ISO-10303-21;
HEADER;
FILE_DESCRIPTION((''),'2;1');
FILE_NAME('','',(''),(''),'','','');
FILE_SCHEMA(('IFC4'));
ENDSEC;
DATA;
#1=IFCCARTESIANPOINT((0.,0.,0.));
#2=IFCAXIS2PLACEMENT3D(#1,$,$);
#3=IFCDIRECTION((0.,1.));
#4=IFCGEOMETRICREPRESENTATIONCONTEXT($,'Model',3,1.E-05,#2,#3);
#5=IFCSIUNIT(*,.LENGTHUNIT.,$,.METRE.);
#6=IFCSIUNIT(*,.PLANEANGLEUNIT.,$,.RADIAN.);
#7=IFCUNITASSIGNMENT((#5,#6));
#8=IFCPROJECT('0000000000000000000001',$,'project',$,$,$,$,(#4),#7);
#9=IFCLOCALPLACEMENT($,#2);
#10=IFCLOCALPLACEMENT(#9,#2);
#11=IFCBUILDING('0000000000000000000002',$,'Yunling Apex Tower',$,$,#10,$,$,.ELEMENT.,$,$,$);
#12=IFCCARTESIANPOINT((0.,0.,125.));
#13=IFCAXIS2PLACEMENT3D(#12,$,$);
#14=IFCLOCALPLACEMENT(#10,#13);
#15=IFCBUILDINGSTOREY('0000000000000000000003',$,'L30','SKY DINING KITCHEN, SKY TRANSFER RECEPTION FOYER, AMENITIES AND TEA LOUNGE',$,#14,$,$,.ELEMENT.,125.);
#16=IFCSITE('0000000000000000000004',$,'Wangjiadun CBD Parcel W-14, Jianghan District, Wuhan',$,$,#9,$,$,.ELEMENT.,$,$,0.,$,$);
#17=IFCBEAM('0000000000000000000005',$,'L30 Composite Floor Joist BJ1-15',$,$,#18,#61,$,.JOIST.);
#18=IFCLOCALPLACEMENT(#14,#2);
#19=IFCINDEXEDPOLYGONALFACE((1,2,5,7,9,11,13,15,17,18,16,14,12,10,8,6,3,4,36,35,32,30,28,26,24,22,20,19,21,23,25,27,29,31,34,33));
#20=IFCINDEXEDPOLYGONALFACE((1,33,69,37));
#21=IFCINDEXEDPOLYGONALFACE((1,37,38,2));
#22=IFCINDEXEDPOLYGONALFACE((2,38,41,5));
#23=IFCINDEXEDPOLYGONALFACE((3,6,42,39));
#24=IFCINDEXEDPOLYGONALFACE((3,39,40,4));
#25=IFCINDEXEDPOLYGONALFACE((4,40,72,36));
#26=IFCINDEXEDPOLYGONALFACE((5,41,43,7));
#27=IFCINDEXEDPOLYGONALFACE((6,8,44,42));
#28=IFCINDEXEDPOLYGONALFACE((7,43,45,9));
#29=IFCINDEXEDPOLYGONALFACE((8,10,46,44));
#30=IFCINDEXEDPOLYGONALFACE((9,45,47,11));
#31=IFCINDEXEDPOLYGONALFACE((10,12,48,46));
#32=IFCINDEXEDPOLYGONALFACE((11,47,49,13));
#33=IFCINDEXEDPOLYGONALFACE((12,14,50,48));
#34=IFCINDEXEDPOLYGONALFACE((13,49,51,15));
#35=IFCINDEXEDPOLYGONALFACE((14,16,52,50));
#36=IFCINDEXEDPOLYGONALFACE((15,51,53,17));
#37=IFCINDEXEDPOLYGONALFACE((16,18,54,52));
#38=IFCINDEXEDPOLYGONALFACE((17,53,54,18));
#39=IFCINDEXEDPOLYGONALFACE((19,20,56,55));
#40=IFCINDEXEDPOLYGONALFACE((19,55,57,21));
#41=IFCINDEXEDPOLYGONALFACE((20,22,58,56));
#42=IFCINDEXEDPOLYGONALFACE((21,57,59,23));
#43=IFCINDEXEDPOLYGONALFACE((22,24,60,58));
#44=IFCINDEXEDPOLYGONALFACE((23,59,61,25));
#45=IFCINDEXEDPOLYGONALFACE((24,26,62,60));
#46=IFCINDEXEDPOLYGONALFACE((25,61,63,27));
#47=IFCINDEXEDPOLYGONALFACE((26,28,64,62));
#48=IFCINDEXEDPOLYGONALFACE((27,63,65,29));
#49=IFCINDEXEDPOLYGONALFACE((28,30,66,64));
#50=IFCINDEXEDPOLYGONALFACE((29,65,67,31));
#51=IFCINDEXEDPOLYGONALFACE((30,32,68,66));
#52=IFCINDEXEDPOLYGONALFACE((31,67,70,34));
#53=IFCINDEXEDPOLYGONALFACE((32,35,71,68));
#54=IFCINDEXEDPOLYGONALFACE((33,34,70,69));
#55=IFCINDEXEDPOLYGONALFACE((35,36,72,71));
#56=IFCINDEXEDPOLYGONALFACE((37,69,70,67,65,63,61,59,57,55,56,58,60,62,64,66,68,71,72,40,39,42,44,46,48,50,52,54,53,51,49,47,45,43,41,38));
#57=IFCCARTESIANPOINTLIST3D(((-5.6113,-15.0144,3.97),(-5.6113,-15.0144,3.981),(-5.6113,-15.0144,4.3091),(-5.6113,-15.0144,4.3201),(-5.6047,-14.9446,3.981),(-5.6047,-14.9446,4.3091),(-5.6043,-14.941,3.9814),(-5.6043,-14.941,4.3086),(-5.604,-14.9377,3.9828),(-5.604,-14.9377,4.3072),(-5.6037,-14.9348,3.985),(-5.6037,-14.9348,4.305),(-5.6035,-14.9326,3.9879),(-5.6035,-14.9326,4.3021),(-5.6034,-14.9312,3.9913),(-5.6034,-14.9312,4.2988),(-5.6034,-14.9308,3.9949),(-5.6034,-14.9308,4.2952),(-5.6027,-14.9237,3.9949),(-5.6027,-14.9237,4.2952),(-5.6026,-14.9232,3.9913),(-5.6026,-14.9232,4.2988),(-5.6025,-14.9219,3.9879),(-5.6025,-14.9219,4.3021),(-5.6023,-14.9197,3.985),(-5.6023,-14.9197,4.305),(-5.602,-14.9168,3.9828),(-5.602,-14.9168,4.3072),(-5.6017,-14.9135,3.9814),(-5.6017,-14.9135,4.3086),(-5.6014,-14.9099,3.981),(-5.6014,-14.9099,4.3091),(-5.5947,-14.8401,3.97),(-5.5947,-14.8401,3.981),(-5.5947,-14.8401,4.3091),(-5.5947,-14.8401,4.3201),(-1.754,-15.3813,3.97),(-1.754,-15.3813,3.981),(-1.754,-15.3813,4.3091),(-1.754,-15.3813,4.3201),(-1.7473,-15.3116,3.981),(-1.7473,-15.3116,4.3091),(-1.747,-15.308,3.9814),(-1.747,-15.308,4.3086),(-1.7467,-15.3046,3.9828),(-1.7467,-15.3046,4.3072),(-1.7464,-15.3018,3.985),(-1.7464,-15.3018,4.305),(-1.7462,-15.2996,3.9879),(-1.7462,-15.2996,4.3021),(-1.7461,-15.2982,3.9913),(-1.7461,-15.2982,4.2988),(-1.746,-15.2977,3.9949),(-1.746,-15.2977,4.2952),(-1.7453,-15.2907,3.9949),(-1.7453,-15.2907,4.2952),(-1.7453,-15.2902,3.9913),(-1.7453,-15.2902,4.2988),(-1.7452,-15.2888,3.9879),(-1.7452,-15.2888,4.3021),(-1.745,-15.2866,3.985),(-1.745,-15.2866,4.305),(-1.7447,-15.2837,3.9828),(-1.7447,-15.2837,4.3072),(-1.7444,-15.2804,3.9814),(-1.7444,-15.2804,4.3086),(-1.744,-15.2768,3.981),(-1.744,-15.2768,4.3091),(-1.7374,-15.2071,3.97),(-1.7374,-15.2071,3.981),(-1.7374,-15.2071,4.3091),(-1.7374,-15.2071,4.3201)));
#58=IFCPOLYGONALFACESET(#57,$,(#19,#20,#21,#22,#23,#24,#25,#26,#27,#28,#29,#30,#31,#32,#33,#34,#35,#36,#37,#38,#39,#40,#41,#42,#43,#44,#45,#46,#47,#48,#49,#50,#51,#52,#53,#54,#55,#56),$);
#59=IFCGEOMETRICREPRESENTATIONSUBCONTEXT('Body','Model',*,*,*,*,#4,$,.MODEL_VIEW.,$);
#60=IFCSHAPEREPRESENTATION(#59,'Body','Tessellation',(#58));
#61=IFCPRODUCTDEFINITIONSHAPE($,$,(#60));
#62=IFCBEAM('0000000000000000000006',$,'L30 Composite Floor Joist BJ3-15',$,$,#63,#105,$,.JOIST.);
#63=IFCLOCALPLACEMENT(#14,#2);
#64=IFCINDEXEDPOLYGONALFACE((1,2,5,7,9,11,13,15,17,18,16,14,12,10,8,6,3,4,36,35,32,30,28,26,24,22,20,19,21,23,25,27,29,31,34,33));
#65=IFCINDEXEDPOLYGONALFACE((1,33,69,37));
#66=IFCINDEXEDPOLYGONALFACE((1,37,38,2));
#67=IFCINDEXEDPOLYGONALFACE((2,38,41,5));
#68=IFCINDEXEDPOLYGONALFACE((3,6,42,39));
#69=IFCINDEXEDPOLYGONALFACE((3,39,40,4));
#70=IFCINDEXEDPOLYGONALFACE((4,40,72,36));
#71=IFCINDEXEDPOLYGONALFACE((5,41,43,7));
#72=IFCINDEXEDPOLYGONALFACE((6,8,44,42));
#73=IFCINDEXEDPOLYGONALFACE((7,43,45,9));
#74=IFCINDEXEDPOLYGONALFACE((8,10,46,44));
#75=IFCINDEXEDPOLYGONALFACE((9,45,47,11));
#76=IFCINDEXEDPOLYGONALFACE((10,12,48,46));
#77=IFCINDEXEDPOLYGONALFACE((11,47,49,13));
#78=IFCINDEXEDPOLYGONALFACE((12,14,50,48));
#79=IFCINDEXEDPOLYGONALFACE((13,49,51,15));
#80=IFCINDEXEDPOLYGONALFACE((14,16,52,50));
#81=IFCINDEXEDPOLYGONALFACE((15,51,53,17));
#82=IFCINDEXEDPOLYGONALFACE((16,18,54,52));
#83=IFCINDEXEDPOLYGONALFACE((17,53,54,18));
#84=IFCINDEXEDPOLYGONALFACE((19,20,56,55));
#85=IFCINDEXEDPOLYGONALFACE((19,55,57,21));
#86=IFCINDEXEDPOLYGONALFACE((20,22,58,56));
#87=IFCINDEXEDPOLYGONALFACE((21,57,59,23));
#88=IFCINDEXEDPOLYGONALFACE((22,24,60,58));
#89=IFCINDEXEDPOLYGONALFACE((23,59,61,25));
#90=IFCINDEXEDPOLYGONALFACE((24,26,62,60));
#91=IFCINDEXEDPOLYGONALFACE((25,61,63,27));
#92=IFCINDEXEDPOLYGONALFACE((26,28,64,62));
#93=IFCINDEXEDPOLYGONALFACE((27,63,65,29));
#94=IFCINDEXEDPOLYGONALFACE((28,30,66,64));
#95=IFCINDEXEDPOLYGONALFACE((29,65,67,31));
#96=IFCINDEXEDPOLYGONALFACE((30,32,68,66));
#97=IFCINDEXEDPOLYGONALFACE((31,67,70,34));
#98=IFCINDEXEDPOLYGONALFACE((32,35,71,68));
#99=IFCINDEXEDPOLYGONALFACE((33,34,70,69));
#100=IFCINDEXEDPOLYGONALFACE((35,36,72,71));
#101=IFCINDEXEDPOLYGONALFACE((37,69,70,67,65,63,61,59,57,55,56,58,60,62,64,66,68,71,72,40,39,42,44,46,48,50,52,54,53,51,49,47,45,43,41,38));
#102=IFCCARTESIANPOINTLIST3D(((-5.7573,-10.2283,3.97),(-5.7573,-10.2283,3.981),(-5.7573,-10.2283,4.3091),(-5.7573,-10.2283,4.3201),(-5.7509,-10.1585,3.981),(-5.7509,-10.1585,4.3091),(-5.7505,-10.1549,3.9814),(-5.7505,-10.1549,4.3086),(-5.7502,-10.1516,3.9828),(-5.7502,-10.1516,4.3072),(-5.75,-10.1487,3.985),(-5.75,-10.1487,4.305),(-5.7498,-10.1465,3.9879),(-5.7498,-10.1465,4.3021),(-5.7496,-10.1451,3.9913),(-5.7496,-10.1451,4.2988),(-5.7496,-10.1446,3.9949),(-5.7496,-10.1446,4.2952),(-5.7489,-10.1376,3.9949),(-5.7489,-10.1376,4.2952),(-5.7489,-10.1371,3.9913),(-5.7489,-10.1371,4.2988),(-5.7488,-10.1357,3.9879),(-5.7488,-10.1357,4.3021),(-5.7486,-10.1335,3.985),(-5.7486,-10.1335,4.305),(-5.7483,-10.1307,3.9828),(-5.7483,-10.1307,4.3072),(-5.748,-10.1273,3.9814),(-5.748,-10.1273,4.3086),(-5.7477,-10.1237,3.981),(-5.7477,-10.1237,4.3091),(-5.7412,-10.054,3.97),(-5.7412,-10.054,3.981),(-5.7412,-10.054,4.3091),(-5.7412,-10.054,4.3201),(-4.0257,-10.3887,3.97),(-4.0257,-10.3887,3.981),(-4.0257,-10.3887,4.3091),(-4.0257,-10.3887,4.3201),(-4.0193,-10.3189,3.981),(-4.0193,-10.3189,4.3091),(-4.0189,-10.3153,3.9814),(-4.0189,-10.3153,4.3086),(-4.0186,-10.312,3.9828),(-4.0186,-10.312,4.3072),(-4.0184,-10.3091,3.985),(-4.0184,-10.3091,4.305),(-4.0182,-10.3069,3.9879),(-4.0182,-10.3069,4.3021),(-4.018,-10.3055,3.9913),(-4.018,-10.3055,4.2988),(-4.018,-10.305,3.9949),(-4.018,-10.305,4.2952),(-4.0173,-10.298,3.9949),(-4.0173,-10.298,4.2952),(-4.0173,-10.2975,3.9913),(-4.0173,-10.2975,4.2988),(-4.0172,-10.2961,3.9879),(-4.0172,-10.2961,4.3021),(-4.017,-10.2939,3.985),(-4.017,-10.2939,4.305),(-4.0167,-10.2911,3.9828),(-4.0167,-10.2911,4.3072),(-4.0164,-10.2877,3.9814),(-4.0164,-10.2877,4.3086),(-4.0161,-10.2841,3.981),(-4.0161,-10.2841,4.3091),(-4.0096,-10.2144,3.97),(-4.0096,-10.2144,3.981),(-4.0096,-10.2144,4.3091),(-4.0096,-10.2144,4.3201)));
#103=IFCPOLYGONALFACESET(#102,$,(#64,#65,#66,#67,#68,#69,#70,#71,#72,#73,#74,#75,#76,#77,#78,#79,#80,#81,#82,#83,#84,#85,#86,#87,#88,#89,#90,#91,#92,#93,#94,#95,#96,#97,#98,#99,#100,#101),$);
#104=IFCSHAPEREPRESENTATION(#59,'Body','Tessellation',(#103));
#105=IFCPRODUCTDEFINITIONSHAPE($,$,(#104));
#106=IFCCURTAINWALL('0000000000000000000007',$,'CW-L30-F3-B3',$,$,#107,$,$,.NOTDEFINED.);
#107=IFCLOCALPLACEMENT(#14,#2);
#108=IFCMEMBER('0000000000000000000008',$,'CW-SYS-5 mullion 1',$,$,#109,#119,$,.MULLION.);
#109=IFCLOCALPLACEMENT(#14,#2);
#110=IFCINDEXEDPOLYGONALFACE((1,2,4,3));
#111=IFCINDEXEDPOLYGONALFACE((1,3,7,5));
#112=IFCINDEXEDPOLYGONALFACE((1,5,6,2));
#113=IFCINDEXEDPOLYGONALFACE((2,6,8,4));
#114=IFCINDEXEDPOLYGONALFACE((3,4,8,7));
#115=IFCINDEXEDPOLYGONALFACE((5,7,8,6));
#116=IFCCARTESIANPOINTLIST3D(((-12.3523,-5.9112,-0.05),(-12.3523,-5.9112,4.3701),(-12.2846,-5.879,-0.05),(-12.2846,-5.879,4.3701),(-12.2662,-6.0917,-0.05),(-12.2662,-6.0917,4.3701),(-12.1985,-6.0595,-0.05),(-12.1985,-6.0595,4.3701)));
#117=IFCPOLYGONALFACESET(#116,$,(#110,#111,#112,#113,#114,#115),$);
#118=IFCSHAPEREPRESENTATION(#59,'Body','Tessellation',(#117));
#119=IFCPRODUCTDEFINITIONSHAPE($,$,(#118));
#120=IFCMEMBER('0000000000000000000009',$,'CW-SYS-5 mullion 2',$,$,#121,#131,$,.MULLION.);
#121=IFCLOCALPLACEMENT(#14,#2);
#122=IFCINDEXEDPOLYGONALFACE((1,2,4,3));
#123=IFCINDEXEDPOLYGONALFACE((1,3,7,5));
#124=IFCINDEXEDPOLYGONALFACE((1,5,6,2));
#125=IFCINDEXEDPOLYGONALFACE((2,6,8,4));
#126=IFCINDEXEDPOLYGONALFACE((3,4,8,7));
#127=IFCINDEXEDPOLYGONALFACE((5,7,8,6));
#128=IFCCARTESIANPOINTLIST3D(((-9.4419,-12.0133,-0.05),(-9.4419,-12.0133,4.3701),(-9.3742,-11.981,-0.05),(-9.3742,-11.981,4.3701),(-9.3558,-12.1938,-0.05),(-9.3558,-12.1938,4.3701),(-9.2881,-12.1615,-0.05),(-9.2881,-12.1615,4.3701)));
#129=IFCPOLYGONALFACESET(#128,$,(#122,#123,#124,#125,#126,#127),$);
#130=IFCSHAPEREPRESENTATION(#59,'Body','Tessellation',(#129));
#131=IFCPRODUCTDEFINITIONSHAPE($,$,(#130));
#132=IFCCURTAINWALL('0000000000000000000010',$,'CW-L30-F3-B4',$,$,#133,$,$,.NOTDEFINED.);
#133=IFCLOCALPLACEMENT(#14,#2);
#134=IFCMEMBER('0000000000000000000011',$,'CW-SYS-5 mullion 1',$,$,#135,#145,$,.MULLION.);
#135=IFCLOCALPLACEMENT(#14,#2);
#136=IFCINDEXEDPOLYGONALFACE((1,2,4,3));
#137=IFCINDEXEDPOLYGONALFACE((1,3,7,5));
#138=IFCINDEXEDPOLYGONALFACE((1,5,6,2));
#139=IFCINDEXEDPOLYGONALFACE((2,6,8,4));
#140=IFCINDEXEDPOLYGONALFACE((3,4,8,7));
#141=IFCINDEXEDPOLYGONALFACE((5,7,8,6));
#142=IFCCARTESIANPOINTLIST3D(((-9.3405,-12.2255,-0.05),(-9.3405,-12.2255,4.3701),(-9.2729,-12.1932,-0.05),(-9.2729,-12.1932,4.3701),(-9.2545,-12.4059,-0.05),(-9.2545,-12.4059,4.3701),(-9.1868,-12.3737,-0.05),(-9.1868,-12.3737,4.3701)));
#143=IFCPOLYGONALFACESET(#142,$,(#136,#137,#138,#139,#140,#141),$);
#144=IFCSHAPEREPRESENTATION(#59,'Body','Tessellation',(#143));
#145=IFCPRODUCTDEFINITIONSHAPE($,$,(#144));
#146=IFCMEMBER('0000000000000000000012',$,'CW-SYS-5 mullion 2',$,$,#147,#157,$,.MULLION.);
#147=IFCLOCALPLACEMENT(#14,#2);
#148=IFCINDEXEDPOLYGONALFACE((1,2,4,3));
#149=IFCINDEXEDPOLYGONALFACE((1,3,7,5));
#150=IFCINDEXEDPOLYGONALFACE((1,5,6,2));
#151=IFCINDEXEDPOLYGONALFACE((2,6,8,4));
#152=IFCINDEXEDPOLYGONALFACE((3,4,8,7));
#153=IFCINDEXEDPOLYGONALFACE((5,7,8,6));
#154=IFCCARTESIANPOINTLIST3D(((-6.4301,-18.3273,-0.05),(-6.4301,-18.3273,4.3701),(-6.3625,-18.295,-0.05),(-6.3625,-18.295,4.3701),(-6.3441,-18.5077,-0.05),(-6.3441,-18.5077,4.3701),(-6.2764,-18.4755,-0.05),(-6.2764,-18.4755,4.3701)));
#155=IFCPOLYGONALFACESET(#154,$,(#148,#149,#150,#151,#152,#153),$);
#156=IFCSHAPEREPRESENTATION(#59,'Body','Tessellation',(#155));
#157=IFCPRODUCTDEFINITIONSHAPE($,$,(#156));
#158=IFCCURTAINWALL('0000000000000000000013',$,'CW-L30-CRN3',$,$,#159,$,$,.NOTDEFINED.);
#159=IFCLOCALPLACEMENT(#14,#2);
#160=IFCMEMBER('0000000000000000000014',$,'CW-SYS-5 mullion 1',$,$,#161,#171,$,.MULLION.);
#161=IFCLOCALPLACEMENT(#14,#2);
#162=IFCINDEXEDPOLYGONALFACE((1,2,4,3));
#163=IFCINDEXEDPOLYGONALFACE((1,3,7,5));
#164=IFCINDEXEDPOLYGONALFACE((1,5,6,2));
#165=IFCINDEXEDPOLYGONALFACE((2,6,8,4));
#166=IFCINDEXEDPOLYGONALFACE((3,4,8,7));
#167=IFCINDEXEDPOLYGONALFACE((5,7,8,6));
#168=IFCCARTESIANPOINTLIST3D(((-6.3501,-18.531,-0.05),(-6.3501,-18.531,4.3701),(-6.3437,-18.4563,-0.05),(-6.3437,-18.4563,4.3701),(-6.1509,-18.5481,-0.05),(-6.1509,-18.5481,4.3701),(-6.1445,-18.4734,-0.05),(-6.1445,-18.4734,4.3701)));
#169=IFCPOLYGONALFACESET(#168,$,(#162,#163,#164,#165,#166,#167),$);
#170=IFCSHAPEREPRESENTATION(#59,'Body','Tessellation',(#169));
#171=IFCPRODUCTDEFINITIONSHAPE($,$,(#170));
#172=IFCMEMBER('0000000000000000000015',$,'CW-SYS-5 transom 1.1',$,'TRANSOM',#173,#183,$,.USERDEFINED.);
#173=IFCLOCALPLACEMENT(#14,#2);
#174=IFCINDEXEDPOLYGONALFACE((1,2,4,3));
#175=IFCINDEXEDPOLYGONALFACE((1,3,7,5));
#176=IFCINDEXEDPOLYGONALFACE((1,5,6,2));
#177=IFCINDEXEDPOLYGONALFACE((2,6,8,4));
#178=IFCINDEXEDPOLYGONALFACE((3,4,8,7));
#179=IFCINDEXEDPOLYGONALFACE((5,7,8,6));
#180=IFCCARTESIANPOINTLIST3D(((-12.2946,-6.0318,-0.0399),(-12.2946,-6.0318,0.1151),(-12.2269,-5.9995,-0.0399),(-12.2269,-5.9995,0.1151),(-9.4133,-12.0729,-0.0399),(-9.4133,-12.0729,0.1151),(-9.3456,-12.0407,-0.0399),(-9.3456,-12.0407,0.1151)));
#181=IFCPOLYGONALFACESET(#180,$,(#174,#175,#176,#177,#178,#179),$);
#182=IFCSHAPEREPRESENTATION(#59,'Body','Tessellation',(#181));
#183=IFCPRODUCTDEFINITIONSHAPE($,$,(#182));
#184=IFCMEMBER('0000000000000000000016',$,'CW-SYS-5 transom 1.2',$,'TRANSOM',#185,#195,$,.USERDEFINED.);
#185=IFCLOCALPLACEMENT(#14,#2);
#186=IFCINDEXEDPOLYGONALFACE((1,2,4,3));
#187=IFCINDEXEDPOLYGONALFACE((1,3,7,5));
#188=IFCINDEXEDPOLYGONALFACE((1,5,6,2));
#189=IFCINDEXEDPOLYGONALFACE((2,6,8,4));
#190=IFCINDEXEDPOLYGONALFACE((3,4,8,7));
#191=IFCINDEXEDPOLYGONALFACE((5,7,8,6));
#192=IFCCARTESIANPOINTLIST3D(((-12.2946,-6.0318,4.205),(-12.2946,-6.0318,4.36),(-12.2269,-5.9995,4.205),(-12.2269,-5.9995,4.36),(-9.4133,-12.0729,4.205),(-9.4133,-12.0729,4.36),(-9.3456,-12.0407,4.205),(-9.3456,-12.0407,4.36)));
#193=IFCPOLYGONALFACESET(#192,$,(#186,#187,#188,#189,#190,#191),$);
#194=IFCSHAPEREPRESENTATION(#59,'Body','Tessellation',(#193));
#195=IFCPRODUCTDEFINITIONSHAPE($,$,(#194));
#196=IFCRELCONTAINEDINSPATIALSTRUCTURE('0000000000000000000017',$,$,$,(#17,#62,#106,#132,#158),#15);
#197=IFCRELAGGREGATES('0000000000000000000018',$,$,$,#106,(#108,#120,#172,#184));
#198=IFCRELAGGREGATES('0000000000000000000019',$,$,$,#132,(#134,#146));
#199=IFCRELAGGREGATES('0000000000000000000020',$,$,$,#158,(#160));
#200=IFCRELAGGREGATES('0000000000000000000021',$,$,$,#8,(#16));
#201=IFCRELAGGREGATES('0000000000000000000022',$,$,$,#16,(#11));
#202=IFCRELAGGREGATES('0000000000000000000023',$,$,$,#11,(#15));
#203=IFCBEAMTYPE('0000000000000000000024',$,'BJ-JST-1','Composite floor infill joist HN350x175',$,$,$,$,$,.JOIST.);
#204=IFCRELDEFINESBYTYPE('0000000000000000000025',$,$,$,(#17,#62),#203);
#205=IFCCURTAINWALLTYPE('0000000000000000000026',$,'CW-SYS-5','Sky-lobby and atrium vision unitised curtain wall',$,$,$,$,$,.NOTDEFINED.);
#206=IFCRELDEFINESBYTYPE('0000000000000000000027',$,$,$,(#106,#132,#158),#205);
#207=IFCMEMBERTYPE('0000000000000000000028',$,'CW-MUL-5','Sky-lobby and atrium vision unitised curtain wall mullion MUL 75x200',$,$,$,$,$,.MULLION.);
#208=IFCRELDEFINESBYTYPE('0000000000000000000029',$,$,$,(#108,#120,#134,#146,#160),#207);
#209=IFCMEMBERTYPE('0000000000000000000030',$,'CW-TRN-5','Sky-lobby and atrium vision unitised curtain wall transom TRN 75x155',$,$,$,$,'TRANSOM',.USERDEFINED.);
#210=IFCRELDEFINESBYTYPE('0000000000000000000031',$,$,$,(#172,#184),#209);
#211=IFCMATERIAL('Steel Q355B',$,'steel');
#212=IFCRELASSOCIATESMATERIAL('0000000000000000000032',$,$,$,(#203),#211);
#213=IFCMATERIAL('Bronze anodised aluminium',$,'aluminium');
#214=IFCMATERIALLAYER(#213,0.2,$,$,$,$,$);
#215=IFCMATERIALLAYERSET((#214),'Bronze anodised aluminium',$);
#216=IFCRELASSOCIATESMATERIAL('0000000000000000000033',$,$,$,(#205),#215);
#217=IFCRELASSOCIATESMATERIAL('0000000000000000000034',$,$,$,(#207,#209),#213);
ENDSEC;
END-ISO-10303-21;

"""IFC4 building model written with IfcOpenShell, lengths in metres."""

from ifc_helpers import new_model, si_unit, direction, frame, origin, origin_2d, place, context, subcontext, project, spatial, rectangle, i_section, extrude, source, transform, mapped, material, layer, layer_set, material_profile, profile_set, type_object, element, aggregate, save


model = new_model("IFC4")

# Units and contexts
model_context = context("Model", 3, precision=1e-05, world=origin(), true_north=direction((0.0, 1.0)))
body_context = subcontext(model_context, "Body", "Model", "MODEL_VIEW")
ifc_project = project(units=[si_unit("LENGTHUNIT", "METRE"), si_unit("PLANEANGLEUNIT", "RADIAN")], contexts=[model_context])

# Site, building, storey
site_placement = place(None, origin())
site = spatial("IfcSite", under=ifc_project, at=site_placement, Name="Wangjiadun CBD Parcel W-14, Jianghan District, Wuhan", CompositionType="ELEMENT", RefElevation=0.0)
building_placement = place(site_placement, origin())
building = spatial("IfcBuilding", under=site, at=building_placement, Name="Yunling Apex Tower", CompositionType="ELEMENT")
storey_placement = place(building_placement, frame((0.0, 0.0, 125.0)))
storey = spatial("IfcBuildingStorey", under=building, at=storey_placement, Name="L30", Description="SKY DINING KITCHEN, SKY TRANSFER RECEPTION FOYER, AMENITIES AND TEA LOUNGE", CompositionType="ELEMENT", Elevation=125.0)

# Beams
ifc_material_1 = material(Name="Steel Q355B", Category="steel")
ifc_material_profile_1 = material_profile(ifc_material_1, i_section(OverallWidth=0.175, OverallDepth=0.3501, WebThickness=0.0071, FlangeThickness=0.011, FilletRadius=0.0139, at=origin_2d()))
ifc_profile_set_1 = profile_set([ifc_material_profile_1], Name="Steel Q355B")
beam_type_1 = type_object("IfcBeamType", Name="BJ-JST-1", Description="Composite floor infill joist HN350x175", PredefinedType="JOIST", material=ifc_profile_set_1)
shared_shape_1 = source(origin(), body_context, "Body", "SweptSolid", [
    extrude(i_section(OverallWidth=0.175, OverallDepth=0.3501, WebThickness=0.0071, FlangeThickness=0.011, FilletRadius=0.0139, at=origin_2d()), origin(), (0.0, 0.0, 1.0), 3.8748),
])
beam_1_placement = place(storey_placement, frame((-5.603, -14.9272, 4.145), z_axis=(0.995506, -0.094699, 0.0), x_axis=(0.094699, 0.995506, 0.0)))
element("IfcBeam", 1, at=beam_1_placement, inside=storey, type_object=beam_type_1, Name="L30 Composite Floor Joist BJ1-15", PredefinedType="JOIST", context=body_context, shape_type="MappedRepresentation", body=[
    mapped(shared_shape_1, transform((0.0, 0.0, 0.0), scale=1.0)),
])
shared_shape_2 = source(origin(), body_context, "Body", "SweptSolid", [
    extrude(i_section(OverallWidth=0.175, OverallDepth=0.3501, WebThickness=0.0071, FlangeThickness=0.011, FilletRadius=0.0139, at=origin_2d()), origin(), (0.0, 0.0, 1.0), 1.739),
])
beam_2_placement = place(storey_placement, frame((-5.7493, -10.1411, 4.145), z_axis=(0.995738, -0.092232, 0.0), x_axis=(0.092232, 0.995738, 0.0)))
element("IfcBeam", 2, at=beam_2_placement, inside=storey, type_object=beam_type_1, Name="L30 Composite Floor Joist BJ3-15", PredefinedType="JOIST", context=body_context, shape_type="MappedRepresentation", body=[
    mapped(shared_shape_2, transform((0.0, 0.0, 0.0), scale=1.0)),
])

# Curtain walls, members
ifc_material_2 = material(Name="Bronze anodised aluminium", Category="aluminium")
ifc_layer_1 = layer(ifc_material_2, 0.2)
ifc_layer_set_1 = layer_set([ifc_layer_1], Name="Bronze anodised aluminium")
curtain_wall_type = type_object("IfcCurtainWallType", Name="CW-SYS-5", Description="Sky-lobby and atrium vision unitised curtain wall", PredefinedType="NOTDEFINED", material=ifc_layer_set_1)
curtain_wall_1_placement = place(storey_placement, origin())
curtain_wall_1 = element("IfcCurtainWall", 3, at=curtain_wall_1_placement, inside=storey, type_object=curtain_wall_type, Name="CW-L30-F3-B3", PredefinedType="NOTDEFINED")
ifc_material_profile_2 = material_profile(ifc_material_2, rectangle(XDim=0.075, YDim=0.2, at=origin_2d()))
ifc_profile_set_2 = profile_set([ifc_material_profile_2], Name="Bronze anodised aluminium")
member_type_1 = type_object("IfcMemberType", Name="CW-MUL-5", Description="Sky-lobby and atrium vision unitised curtain wall mullion MUL 75x200", PredefinedType="MULLION", material=ifc_profile_set_2)
shared_shape_3 = source(origin(), body_context, "Body", "SweptSolid", [
    extrude(rectangle(XDim=0.075, YDim=0.2, at=origin_2d()), origin(), (0.0, 0.0, 1.0), 4.4202),
])
member_1_placement = place(storey_placement, frame((-12.2754, -5.9854, -0.05), z_axis=(0.0, 0.0, 1.0), x_axis=(0.902593, 0.430494, 0.0)))
member_1 = element("IfcMember", 4, at=member_1_placement, type_object=member_type_1, Name="CW-SYS-5 mullion 1", PredefinedType="MULLION", context=body_context, shape_type="MappedRepresentation", body=[
    mapped(shared_shape_3, transform((0.0, 0.0, 0.0), scale=1.0)),
])
member_2_placement = place(storey_placement, frame((-9.365, -12.0874, -0.05), z_axis=(0.0, 0.0, 1.0), x_axis=(0.902593, 0.430494, 0.0)))
member_2 = element("IfcMember", 5, at=member_2_placement, type_object=member_type_1, Name="CW-SYS-5 mullion 2", PredefinedType="MULLION", context=body_context, shape_type="MappedRepresentation", body=[
    mapped(shared_shape_3, transform((0.0, 0.0, 0.0), scale=1.0)),
])
curtain_wall_2_placement = place(storey_placement, origin())
curtain_wall_2 = element("IfcCurtainWall", 6, at=curtain_wall_2_placement, inside=storey, type_object=curtain_wall_type, Name="CW-L30-F3-B4", PredefinedType="NOTDEFINED")
member_3_placement = place(storey_placement, frame((-9.2637, -12.2996, -0.05), z_axis=(0.0, 0.0, 1.0), x_axis=(0.902585, 0.430512, 0.0)))
member_3 = element("IfcMember", 7, at=member_3_placement, type_object=member_type_1, Name="CW-SYS-5 mullion 1", PredefinedType="MULLION", context=body_context, shape_type="MappedRepresentation", body=[
    mapped(shared_shape_3, transform((0.0, 0.0, 0.0), scale=1.0)),
])
member_4_placement = place(storey_placement, frame((-6.3533, -18.4014, -0.05), z_axis=(0.0, 0.0, 1.0), x_axis=(0.902585, 0.430512, 0.0)))
member_4 = element("IfcMember", 8, at=member_4_placement, type_object=member_type_1, Name="CW-SYS-5 mullion 2", PredefinedType="MULLION", context=body_context, shape_type="MappedRepresentation", body=[
    mapped(shared_shape_3, transform((0.0, 0.0, 0.0), scale=1.0)),
])

# Curtain wall, member
curtain_wall_3_placement = place(storey_placement, origin())
curtain_wall_3 = element("IfcCurtainWall", 9, at=curtain_wall_3_placement, inside=storey, type_object=curtain_wall_type, Name="CW-L30-CRN3", PredefinedType="NOTDEFINED")
member_5_placement = place(storey_placement, frame((-6.2473, -18.5022, -0.05), z_axis=(0.0, 0.0, 1.0), x_axis=(0.08555, 0.996334, 0.0)))
member_5 = element("IfcMember", 10, at=member_5_placement, type_object=member_type_1, Name="CW-SYS-5 mullion 1", PredefinedType="MULLION", context=body_context, shape_type="MappedRepresentation", body=[
    mapped(shared_shape_3, transform((0.0, 0.0, 0.0), scale=1.0)),
])

# Members
ifc_material_profile_3 = material_profile(ifc_material_2, rectangle(XDim=0.075, YDim=0.155, at=origin_2d()))
ifc_profile_set_3 = profile_set([ifc_material_profile_3], Name="Bronze anodised aluminium")
member_type_2 = type_object("IfcMemberType", Name="CW-TRN-5", Description="Sky-lobby and atrium vision unitised curtain wall transom TRN 75x155", ElementType="TRANSOM", PredefinedType="USERDEFINED", material=ifc_profile_set_3)
shared_shape_4 = source(origin(), body_context, "Body", "SweptSolid", [
    extrude(rectangle(XDim=0.075, YDim=0.155, at=origin_2d()), origin(), (0.0, 0.0, 1.0), 6.6931),
])
member_6_placement = place(storey_placement, frame((-12.2607, -6.0156, 0.0376), z_axis=(0.430489, -0.902596, 0.0), x_axis=(0.902596, 0.430489, 0.0)))
member_6 = element("IfcMember", 11, at=member_6_placement, type_object=member_type_2, Name="CW-SYS-5 transom 1.1", ObjectType="TRANSOM", PredefinedType="USERDEFINED", context=body_context, shape_type="MappedRepresentation", body=[
    mapped(shared_shape_4, transform((0.0, 0.0, 0.0), scale=1.0)),
])
member_7_placement = place(storey_placement, frame((-12.2607, -6.0156, 4.2825), z_axis=(0.430489, -0.902596, 0.0), x_axis=(0.902596, 0.430489, 0.0)))
member_7 = element("IfcMember", 12, at=member_7_placement, type_object=member_type_2, Name="CW-SYS-5 transom 1.2", ObjectType="TRANSOM", PredefinedType="USERDEFINED", context=body_context, shape_type="MappedRepresentation", body=[
    mapped(shared_shape_4, transform((0.0, 0.0, 0.0), scale=1.0)),
])

aggregate(curtain_wall_1, [member_1, member_2, member_6, member_7])
aggregate(curtain_wall_2, [member_3, member_4])
aggregate(curtain_wall_3, [member_5])

save(model, "model.ifc")
